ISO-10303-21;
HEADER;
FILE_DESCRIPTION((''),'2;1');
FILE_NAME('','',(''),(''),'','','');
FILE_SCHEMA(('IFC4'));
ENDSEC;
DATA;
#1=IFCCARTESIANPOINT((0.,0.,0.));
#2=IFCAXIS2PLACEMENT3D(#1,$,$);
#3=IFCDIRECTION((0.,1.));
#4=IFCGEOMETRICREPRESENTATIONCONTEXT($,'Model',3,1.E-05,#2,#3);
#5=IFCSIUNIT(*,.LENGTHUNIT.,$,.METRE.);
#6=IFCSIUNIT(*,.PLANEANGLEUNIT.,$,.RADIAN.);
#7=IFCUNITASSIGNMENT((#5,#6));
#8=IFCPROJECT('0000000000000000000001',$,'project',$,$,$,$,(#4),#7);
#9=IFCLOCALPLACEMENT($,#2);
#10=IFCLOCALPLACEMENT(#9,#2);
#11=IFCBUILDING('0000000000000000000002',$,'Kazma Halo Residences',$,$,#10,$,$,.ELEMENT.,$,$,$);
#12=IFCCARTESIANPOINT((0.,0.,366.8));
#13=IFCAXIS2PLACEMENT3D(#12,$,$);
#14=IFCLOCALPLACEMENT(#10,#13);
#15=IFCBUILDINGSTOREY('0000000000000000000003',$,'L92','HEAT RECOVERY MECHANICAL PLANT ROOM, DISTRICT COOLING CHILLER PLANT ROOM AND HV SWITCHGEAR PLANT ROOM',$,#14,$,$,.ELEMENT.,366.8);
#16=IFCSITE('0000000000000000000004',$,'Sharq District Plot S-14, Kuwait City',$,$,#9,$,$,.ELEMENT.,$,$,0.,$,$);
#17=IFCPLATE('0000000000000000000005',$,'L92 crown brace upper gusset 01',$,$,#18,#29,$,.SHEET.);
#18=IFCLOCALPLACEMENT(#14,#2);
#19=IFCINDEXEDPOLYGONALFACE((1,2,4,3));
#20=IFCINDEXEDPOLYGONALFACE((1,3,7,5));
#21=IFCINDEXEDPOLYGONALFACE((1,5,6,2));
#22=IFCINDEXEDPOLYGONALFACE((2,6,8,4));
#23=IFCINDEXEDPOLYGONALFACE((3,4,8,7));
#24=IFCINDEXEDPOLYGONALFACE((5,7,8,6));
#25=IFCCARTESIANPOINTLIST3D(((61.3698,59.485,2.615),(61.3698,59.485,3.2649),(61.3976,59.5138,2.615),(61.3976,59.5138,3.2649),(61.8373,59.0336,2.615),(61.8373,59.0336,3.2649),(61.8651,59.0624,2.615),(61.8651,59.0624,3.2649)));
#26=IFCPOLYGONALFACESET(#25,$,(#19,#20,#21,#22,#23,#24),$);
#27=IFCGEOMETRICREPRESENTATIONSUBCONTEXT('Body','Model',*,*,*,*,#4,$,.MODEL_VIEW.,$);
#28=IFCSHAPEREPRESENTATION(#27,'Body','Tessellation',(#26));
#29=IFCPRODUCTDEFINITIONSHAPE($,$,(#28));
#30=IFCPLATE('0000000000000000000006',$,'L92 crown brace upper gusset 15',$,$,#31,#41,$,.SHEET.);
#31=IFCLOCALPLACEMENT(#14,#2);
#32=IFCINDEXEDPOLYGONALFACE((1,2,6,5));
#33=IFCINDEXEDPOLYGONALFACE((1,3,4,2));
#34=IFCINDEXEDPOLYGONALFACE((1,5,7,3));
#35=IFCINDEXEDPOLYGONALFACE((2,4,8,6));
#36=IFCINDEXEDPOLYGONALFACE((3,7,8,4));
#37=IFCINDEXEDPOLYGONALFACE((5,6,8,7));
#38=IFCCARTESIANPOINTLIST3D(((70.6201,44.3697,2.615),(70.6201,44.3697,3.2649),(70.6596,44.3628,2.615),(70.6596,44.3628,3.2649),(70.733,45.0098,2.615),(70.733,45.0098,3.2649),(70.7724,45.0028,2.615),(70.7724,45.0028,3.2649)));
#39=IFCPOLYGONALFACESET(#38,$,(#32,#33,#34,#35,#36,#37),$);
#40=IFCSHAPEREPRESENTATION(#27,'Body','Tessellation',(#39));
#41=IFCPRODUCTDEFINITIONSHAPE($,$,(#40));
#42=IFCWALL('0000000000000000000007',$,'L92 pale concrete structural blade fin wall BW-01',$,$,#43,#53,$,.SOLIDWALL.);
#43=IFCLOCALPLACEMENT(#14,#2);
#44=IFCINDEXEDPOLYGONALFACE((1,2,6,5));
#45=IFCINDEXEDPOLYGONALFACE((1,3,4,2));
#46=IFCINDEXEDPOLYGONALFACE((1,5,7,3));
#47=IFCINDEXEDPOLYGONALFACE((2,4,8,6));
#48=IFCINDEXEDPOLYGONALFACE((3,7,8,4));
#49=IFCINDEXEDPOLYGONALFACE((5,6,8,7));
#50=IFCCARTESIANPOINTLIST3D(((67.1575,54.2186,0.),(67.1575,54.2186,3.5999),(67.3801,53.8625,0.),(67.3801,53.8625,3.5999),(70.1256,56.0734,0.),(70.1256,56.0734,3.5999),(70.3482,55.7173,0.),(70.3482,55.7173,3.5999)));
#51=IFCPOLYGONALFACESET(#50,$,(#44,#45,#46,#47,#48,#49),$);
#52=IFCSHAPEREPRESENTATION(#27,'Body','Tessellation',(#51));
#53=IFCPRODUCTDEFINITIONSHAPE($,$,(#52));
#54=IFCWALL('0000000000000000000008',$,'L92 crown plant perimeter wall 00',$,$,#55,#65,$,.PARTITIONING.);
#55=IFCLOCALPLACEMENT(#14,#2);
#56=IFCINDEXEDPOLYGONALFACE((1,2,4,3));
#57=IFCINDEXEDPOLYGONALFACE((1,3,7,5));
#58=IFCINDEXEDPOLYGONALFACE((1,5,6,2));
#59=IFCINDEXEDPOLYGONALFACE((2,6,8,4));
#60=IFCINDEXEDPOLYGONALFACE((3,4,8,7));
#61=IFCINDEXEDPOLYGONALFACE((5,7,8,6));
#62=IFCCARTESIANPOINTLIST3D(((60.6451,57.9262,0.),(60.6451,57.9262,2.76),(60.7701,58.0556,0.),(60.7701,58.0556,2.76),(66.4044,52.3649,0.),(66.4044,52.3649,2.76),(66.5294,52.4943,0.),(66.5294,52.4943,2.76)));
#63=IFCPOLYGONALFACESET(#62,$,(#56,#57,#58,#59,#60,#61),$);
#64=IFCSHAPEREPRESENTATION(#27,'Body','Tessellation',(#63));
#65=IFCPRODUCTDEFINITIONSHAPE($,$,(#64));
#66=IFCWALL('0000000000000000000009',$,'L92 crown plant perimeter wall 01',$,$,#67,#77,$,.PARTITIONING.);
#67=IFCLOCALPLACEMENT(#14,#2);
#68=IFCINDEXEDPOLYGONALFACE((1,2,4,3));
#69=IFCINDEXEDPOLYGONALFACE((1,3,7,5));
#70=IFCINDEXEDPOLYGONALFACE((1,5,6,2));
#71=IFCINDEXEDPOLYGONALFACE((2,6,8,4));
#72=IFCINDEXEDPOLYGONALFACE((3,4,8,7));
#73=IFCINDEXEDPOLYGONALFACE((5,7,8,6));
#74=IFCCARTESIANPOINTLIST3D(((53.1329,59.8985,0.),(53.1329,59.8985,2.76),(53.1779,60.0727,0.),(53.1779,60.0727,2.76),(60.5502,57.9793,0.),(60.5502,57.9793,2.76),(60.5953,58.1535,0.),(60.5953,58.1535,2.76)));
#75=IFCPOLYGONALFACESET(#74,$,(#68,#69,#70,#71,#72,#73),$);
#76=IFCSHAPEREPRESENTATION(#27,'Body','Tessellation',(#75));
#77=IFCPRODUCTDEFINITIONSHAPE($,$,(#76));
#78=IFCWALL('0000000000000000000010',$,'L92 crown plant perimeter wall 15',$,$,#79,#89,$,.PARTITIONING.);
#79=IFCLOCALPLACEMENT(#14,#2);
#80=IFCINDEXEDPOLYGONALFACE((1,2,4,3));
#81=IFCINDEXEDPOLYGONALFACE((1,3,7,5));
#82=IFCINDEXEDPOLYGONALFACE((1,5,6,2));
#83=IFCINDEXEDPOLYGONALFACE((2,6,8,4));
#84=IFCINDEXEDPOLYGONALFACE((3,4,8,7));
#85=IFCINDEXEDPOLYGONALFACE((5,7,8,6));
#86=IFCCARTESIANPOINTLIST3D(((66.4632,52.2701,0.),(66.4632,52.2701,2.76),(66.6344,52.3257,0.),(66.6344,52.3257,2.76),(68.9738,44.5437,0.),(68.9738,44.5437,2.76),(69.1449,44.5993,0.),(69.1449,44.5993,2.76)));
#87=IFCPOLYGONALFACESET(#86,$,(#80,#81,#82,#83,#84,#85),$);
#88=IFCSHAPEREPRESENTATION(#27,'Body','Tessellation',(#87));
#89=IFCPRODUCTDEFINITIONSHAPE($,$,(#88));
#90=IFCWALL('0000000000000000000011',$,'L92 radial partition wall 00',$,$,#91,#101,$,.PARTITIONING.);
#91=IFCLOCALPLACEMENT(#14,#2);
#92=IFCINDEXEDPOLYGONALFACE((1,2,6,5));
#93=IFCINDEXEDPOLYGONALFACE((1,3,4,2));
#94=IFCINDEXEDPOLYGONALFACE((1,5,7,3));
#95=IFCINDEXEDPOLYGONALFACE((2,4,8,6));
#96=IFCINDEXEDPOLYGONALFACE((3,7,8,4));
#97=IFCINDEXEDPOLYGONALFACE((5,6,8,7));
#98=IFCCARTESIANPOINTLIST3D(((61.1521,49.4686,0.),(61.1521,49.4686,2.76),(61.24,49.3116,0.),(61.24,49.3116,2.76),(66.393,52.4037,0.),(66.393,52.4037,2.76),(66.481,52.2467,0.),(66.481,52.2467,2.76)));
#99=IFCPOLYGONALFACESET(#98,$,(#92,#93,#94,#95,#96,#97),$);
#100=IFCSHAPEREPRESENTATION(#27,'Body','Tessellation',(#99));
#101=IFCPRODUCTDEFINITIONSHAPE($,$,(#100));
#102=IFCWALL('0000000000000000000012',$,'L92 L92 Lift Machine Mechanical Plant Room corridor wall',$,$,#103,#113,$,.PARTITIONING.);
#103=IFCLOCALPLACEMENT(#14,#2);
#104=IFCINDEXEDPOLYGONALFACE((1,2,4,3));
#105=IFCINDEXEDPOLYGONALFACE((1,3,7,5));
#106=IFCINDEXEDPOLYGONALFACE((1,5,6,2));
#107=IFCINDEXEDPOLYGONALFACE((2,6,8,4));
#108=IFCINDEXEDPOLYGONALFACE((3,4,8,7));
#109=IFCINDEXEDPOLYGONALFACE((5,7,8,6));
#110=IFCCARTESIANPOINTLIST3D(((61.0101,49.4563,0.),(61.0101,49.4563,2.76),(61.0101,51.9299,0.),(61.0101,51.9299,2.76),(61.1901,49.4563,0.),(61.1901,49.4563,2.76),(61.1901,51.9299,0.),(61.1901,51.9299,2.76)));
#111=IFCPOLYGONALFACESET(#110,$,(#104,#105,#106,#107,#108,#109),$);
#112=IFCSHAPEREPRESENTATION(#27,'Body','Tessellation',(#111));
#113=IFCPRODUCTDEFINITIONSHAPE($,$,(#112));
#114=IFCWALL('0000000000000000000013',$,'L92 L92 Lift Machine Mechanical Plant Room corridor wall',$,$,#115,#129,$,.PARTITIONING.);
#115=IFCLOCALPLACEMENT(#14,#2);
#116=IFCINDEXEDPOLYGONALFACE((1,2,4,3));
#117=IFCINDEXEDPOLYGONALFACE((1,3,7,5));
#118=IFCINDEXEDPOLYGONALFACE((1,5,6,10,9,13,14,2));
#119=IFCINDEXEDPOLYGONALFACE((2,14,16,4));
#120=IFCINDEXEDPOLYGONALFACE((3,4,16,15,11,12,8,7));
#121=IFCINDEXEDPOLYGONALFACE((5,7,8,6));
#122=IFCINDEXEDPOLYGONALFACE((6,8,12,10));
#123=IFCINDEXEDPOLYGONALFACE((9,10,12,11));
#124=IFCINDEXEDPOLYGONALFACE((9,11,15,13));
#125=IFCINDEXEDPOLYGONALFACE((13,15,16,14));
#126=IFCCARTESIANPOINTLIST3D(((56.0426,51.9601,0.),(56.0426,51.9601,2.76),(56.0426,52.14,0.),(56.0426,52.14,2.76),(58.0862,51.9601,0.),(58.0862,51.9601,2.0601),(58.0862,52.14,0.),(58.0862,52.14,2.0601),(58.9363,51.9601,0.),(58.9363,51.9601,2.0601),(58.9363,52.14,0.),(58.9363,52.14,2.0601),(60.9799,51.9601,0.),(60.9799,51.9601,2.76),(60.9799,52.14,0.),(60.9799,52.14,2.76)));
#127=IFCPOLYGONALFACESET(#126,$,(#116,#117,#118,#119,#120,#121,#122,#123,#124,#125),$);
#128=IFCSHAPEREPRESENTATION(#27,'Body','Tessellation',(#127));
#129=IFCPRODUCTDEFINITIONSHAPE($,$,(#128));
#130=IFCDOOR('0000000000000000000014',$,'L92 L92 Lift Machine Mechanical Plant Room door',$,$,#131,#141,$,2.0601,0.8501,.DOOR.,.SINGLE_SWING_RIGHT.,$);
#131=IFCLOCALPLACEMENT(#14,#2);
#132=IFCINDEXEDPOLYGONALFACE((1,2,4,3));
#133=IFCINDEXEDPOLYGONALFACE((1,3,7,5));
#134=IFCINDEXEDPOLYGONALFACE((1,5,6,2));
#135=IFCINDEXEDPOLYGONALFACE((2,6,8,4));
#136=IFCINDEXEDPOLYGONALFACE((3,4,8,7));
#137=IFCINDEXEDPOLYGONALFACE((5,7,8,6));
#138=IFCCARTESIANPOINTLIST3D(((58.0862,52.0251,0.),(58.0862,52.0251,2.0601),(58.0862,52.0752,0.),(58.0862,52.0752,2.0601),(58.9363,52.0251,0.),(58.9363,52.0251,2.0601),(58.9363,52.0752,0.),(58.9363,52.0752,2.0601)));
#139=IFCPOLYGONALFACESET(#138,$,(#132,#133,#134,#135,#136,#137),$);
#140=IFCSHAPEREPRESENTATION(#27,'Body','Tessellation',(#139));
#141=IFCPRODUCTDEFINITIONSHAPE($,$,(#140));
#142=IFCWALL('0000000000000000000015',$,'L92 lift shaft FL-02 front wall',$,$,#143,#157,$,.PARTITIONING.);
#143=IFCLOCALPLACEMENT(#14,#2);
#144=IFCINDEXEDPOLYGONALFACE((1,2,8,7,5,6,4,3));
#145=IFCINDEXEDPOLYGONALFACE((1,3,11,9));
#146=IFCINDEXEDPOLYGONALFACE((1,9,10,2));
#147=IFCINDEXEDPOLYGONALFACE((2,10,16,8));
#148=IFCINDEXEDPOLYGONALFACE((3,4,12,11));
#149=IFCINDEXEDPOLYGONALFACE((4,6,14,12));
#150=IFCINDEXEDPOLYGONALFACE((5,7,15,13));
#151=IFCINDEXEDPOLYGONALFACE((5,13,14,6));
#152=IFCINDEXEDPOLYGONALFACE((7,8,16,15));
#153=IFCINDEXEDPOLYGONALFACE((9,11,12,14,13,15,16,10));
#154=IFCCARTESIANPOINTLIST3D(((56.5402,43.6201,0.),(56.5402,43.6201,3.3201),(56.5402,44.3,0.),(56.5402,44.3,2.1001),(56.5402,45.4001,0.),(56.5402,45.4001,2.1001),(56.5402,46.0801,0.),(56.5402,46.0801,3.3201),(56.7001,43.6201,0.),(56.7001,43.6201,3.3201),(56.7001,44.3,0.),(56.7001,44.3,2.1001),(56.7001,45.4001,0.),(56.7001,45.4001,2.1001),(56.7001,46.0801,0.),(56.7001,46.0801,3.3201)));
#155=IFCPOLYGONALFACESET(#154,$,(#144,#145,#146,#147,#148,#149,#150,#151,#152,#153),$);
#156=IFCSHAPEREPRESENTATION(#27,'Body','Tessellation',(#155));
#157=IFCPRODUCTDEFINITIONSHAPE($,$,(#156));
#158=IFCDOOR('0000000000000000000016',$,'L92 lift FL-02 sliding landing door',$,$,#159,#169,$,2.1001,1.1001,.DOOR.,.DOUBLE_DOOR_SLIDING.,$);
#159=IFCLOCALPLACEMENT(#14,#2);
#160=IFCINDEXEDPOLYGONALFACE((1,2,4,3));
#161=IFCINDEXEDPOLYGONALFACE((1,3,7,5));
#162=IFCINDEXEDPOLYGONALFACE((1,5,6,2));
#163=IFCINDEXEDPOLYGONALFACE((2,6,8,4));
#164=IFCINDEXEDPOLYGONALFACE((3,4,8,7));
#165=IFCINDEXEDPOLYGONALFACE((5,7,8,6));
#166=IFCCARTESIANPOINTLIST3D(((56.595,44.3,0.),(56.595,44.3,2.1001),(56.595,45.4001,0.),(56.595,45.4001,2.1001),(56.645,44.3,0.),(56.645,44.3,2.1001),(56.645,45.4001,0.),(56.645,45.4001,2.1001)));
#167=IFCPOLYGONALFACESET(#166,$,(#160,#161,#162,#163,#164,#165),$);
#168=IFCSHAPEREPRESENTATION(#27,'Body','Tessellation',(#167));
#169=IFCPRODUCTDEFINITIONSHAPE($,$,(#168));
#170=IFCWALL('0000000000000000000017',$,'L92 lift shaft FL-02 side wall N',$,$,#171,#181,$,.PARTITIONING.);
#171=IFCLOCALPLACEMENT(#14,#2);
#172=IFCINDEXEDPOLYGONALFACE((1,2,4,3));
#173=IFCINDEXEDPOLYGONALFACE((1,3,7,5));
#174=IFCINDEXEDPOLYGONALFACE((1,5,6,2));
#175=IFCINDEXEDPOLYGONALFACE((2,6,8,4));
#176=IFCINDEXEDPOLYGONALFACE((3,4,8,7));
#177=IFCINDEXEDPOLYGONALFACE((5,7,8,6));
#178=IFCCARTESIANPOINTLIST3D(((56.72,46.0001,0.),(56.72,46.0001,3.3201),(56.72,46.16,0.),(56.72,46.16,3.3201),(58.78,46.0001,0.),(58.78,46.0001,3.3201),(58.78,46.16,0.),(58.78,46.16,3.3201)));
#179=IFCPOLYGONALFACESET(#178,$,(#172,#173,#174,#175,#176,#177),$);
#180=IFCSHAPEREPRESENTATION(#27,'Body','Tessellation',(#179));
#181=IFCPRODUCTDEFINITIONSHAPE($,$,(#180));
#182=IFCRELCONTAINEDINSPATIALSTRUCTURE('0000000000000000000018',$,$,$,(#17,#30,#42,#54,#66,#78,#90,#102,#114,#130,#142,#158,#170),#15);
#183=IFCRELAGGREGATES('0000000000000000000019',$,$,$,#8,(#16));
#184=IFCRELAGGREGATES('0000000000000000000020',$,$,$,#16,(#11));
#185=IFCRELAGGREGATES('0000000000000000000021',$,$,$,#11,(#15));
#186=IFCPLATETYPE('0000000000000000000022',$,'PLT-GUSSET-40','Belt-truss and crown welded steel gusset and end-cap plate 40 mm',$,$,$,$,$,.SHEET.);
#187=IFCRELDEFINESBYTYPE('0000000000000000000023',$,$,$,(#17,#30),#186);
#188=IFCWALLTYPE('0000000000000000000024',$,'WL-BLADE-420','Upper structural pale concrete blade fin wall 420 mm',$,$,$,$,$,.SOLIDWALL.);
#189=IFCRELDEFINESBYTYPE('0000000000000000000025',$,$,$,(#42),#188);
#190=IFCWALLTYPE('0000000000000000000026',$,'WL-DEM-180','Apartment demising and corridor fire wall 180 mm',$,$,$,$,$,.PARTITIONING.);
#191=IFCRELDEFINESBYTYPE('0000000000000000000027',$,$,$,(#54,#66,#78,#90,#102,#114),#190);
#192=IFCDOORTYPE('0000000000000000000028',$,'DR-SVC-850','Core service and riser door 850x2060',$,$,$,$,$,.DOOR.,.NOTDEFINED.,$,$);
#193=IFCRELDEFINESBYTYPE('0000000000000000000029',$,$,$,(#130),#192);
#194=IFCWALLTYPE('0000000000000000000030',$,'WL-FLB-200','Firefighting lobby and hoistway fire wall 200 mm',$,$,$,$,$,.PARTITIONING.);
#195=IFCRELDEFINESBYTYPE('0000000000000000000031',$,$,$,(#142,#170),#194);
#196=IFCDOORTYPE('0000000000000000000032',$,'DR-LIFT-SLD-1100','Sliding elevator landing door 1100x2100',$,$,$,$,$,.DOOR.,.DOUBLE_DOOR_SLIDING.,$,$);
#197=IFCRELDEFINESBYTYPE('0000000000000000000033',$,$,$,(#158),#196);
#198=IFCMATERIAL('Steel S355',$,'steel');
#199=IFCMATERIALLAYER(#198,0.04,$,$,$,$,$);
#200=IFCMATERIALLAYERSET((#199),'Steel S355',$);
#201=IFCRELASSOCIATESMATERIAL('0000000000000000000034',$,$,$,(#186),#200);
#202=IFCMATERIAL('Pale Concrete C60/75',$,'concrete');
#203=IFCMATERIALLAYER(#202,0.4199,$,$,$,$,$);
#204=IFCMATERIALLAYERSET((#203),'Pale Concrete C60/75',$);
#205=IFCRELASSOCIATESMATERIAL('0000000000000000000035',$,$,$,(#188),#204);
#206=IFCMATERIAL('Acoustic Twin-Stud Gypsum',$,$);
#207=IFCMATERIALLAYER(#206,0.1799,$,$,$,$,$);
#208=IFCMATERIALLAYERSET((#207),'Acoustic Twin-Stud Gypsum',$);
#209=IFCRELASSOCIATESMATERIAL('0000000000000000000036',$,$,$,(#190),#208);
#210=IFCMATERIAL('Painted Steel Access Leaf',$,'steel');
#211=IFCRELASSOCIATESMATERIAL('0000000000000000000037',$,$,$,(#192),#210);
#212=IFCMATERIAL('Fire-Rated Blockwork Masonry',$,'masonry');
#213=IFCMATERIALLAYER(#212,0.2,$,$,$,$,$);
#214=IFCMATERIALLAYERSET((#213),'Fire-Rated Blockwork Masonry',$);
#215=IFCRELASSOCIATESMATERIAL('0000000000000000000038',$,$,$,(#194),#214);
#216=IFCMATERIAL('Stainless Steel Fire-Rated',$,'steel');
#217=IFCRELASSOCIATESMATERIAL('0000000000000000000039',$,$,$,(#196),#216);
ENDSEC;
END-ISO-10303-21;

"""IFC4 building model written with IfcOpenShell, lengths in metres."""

from ifc_helpers import new_model, si_unit, direction, frame, frame_2d, origin, origin_2d, place, context, subcontext, project, spatial, rectangle, extrude, material, layer, layer_set, type_object, element, fill, save


model = new_model("IFC4")

# Units and contexts
model_context = context("Model", 3, precision=1e-05, world=origin(), true_north=direction((0.0, 1.0)))
body_context = subcontext(model_context, "Body", "Model", "MODEL_VIEW")
ifc_project = project(units=[si_unit("LENGTHUNIT", "METRE"), si_unit("PLANEANGLEUNIT", "RADIAN")], contexts=[model_context])

# Site, building, storey
site_placement = place(None, origin())
site = spatial("IfcSite", under=ifc_project, at=site_placement, Name="Sharq District Plot S-14, Kuwait City", CompositionType="ELEMENT", RefElevation=0.0)
building_placement = place(site_placement, origin())
building = spatial("IfcBuilding", under=site, at=building_placement, Name="Kazma Halo Residences", CompositionType="ELEMENT")
storey_placement = place(building_placement, frame((0.0, 0.0, 366.8)))
storey = spatial("IfcBuildingStorey", under=building, at=storey_placement, Name="L92", Description="HEAT RECOVERY MECHANICAL PLANT ROOM, DISTRICT COOLING CHILLER PLANT ROOM AND HV SWITCHGEAR PLANT ROOM", CompositionType="ELEMENT", Elevation=366.8)

# Shared definitions
ifc_material_1 = material(Name="Steel S355", Category="steel")

# Plates
ifc_layer_1 = layer(ifc_material_1, 0.04)
ifc_layer_set_1 = layer_set([ifc_layer_1], Name="Steel S355")
plate_type_1 = type_object("IfcPlateType", Name="PLT-GUSSET-40", Description="Belt-truss and crown welded steel gusset and end-cap plate 40 mm", PredefinedType="SHEET", material=ifc_layer_set_1)
for number, where, z_axis, x_axis, name in (
    (1, (61.6174, 59.2737, 2.615), (0.0, 0.0, 1.0), (-0.719342, 0.694656, 0.0), "L92 crown brace upper gusset 01"),
    (2, (70.6963, 44.6863, 2.615), (0.0, 0.0, 1.0), (0.173656, 0.984806, 0.0), "L92 crown brace upper gusset 15"),
):
    element("IfcPlate", number, at=place(storey_placement, frame(where, z_axis=z_axis, x_axis=x_axis)), inside=storey, type_object=plate_type_1, Name=name, PredefinedType="SHEET", context=body_context, shape_type="SweptSolid", body=[
        extrude(rectangle(XDim=0.6499, YDim=0.04, at=origin_2d()), origin(), (0.0, 0.0, 1.0), 0.6499),
    ])

# Walls
ifc_material_2 = material(Name="Pale Concrete C60/75", Category="concrete")
ifc_layer_2 = layer(ifc_material_2, 0.4199)
ifc_layer_set_2 = layer_set([ifc_layer_2], Name="Pale Concrete C60/75")
wall_type_1 = type_object("IfcWallType", Name="WL-BLADE-420", Description="Upper structural pale concrete blade fin wall 420 mm", PredefinedType="SOLIDWALL", material=ifc_layer_set_2)
wall_1_placement = place(storey_placement, frame((67.2688, 54.0405, 0.0), z_axis=(0.0, 0.0, 1.0), x_axis=(0.848034, 0.529943, 0.0)))
element("IfcWall", 3, at=wall_1_placement, inside=storey, type_object=wall_type_1, Name="L92 pale concrete structural blade fin wall BW-01", PredefinedType="SOLIDWALL", context=body_context, shape_type="SweptSolid", body=[
    extrude(rectangle(XDim=3.5, YDim=0.4199, at=frame_2d((1.75, 0.0))), origin(), (0.0, 0.0, 1.0), 3.5999),
])
ifc_material_3 = material(Name="Acoustic Twin-Stud Gypsum")
ifc_layer_3 = layer(ifc_material_3, 0.1799)
ifc_layer_set_3 = layer_set([ifc_layer_3], Name="Acoustic Twin-Stud Gypsum")
wall_type_2 = type_object("IfcWallType", Name="WL-DEM-180", Description="Apartment demising and corridor fire wall 180 mm", PredefinedType="PARTITIONING", material=ifc_layer_set_3)
wall_2_placement = place(storey_placement, frame((66.4668, 52.4297, 0.0), z_axis=(0.0, 0.0, 1.0), x_axis=(-0.719364, 0.694633, 0.0)))
element("IfcWall", 4, at=wall_2_placement, inside=storey, type_object=wall_type_2, Name="L92 crown plant perimeter wall 00", PredefinedType="PARTITIONING", context=body_context, shape_type="SweptSolid", body=[
    extrude(rectangle(XDim=8.0061, YDim=0.1799, at=frame_2d((4.0029, 0.0))), origin(), (0.0, 0.0, 1.0), 2.76),
])
wall_3_placement = place(storey_placement, frame((60.5728, 58.0664, 0.0), z_axis=(0.0, 0.0, 1.0), x_axis=(-0.968117, 0.250498, 0.0)))
element("IfcWall", 5, at=wall_3_placement, inside=storey, type_object=wall_type_2, Name="L92 crown plant perimeter wall 01", PredefinedType="PARTITIONING", context=body_context, shape_type="SweptSolid", body=[
    extrude(rectangle(XDim=7.6616, YDim=0.1799, at=frame_2d((3.8308, 0.0))), origin(), (0.0, 0.0, 1.0), 2.76),
])
wall_4_placement = place(storey_placement, frame((69.0593, 44.5715, 0.0), z_axis=(0.0, 0.0, 1.0), x_axis=(-0.309024, 0.951054, 0.0)))
element("IfcWall", 6, at=wall_4_placement, inside=storey, type_object=wall_type_2, Name="L92 crown plant perimeter wall 15", PredefinedType="PARTITIONING", context=body_context, shape_type="SweptSolid", body=[
    extrude(rectangle(XDim=8.124, YDim=0.1799, at=frame_2d((4.062, 0.0))), origin(), (0.0, 0.0, 1.0), 2.76),
])
wall_5_placement = place(storey_placement, frame((61.196, 49.3901, 0.0), z_axis=(0.0, 0.0, 1.0), x_axis=(0.872498, 0.488618, 0.0)))
element("IfcWall", 7, at=wall_5_placement, inside=storey, type_object=wall_type_2, Name="L92 radial partition wall 00", PredefinedType="PARTITIONING", context=body_context, shape_type="SweptSolid", body=[
    extrude(rectangle(XDim=6.0068, YDim=0.1799, at=frame_2d((3.0034, 0.0))), origin(), (0.0, 0.0, 1.0), 2.76),
])
wall_6_placement = place(storey_placement, frame((61.1001, 49.4563, 0.0), z_axis=(0.0, 0.0, 1.0), x_axis=(0.0, 1.0, 0.0)))
element("IfcWall", 8, at=wall_6_placement, inside=storey, type_object=wall_type_2, Name="L92 L92 Lift Machine Mechanical Plant Room corridor wall", PredefinedType="PARTITIONING", context=body_context, shape_type="SweptSolid", body=[
    extrude(rectangle(XDim=2.4736, YDim=0.1799, at=frame_2d((1.2368, 0.0))), origin(), (0.0, 0.0, 1.0), 2.76),
])

# Walls, openings, doors
wall_7_placement = place(storey_placement, frame((60.98, 52.05, 0.0), z_axis=(0.0, 0.0, 1.0), x_axis=(-1.0, 0.0, 0.0)))
wall_7 = element("IfcWall", 9, at=wall_7_placement, inside=storey, type_object=wall_type_2, Name="L92 L92 Lift Machine Mechanical Plant Room corridor wall", PredefinedType="PARTITIONING", context=body_context, shape_type="SweptSolid", body=[
    extrude(rectangle(XDim=4.9373, YDim=0.1799, at=frame_2d((2.4688, 0.0))), origin(), (0.0, 0.0, 1.0), 2.76),
])
opening_1_placement = place(wall_7_placement, frame((2.0437, 0.0, 0.0)))
opening_1 = element("IfcOpeningElement", 10, at=opening_1_placement, cuts=wall_7, PredefinedType="OPENING", context=body_context, shape_type="SweptSolid", body=[
    extrude(rectangle(XDim=0.8501, YDim=2.0601, at=frame_2d((0.425, 1.03))), frame((0.0, 0.0999, 0.0), z_axis=(0.0, -1.0, 0.0), x_axis=(1.0, 0.0, 0.0)), (0.0, 0.0, 1.0), 0.2),
])
ifc_material_4 = material(Name="Painted Steel Access Leaf", Category="steel")
door_type_1 = type_object("IfcDoorType", Name="DR-SVC-850", Description="Core service and riser door 850x2060", OperationType="NOTDEFINED", PredefinedType="DOOR", material=ifc_material_4)
door_1_placement = place(opening_1_placement, origin())
door_1 = element("IfcDoor", 11, at=door_1_placement, inside=storey, type_object=door_type_1, Name="L92 L92 Lift Machine Mechanical Plant Room door", OperationType="SINGLE_SWING_RIGHT", OverallHeight=2.0601, OverallWidth=0.8501, PredefinedType="DOOR", context=body_context, shape_type="SweptSolid", body=[
    extrude(rectangle(XDim=0.8501, YDim=2.0601, at=frame_2d((0.425, 1.03))), frame((0.0, 0.0249, 0.0), z_axis=(0.0, -1.0, 0.0), x_axis=(1.0, 0.0, 0.0)), (0.0, 0.0, 1.0), 0.05),
])
fill(opening_1, door_1)
ifc_material_5 = material(Name="Fire-Rated Blockwork Masonry", Category="masonry")
ifc_layer_4 = layer(ifc_material_5, 0.2)
ifc_layer_set_4 = layer_set([ifc_layer_4], Name="Fire-Rated Blockwork Masonry")
wall_type_3 = type_object("IfcWallType", Name="WL-FLB-200", Description="Firefighting lobby and hoistway fire wall 200 mm", PredefinedType="PARTITIONING", material=ifc_layer_set_4)
wall_8_placement = place(storey_placement, frame((56.6201, 46.0801, 0.0), z_axis=(0.0, 0.0, 1.0), x_axis=(0.0, -1.0, 0.0)))
wall_8 = element("IfcWall", 12, at=wall_8_placement, inside=storey, type_object=wall_type_3, Name="L92 lift shaft FL-02 front wall", PredefinedType="PARTITIONING", context=body_context, shape_type="SweptSolid", body=[
    extrude(rectangle(XDim=2.46, YDim=0.1599, at=frame_2d((1.23, 0.0))), origin(), (0.0, 0.0, 1.0), 3.3201),
])
opening_2_placement = place(wall_8_placement, frame((0.6799, 0.0, 0.0)))
opening_2 = element("IfcOpeningElement", 13, at=opening_2_placement, cuts=wall_8, PredefinedType="OPENING", context=body_context, shape_type="SweptSolid", body=[
    extrude(rectangle(XDim=1.1001, YDim=2.1001, at=frame_2d((0.55, 1.05))), frame((0.0, 0.0898, 0.0), z_axis=(0.0, -1.0, 0.0), x_axis=(1.0, 0.0, 0.0)), (0.0, 0.0, 1.0), 0.1799),
])
ifc_material_6 = material(Name="Stainless Steel Fire-Rated", Category="steel")
door_type_2 = type_object("IfcDoorType", Name="DR-LIFT-SLD-1100", Description="Sliding elevator landing door 1100x2100", OperationType="DOUBLE_DOOR_SLIDING", PredefinedType="DOOR", material=ifc_material_6)
door_2_placement = place(opening_2_placement, origin())
door_2 = element("IfcDoor", 14, at=door_2_placement, inside=storey, type_object=door_type_2, Name="L92 lift FL-02 sliding landing door", OperationType="DOUBLE_DOOR_SLIDING", OverallHeight=2.1001, OverallWidth=1.1001, PredefinedType="DOOR", context=body_context, shape_type="SweptSolid", body=[
    extrude(rectangle(XDim=1.1001, YDim=2.1001, at=frame_2d((0.55, 1.05))), frame((0.0, 0.0249, 0.0), z_axis=(0.0, -1.0, 0.0), x_axis=(1.0, 0.0, 0.0)), (0.0, 0.0, 1.0), 0.05),
])
fill(opening_2, door_2)

# Wall
wall_9_placement = place(storey_placement, frame((56.72, 46.0801, 0.0), z_axis=(0.0, 0.0, 1.0), x_axis=(1.0, 0.0, 0.0)))
element("IfcWall", 15, at=wall_9_placement, inside=storey, type_object=wall_type_3, Name="L92 lift shaft FL-02 side wall N", PredefinedType="PARTITIONING", context=body_context, shape_type="SweptSolid", body=[
    extrude(rectangle(XDim=2.0601, YDim=0.1599, at=frame_2d((1.03, 0.0))), origin(), (0.0, 0.0, 1.0), 3.3201),
])

save(model, "model.ifc")
